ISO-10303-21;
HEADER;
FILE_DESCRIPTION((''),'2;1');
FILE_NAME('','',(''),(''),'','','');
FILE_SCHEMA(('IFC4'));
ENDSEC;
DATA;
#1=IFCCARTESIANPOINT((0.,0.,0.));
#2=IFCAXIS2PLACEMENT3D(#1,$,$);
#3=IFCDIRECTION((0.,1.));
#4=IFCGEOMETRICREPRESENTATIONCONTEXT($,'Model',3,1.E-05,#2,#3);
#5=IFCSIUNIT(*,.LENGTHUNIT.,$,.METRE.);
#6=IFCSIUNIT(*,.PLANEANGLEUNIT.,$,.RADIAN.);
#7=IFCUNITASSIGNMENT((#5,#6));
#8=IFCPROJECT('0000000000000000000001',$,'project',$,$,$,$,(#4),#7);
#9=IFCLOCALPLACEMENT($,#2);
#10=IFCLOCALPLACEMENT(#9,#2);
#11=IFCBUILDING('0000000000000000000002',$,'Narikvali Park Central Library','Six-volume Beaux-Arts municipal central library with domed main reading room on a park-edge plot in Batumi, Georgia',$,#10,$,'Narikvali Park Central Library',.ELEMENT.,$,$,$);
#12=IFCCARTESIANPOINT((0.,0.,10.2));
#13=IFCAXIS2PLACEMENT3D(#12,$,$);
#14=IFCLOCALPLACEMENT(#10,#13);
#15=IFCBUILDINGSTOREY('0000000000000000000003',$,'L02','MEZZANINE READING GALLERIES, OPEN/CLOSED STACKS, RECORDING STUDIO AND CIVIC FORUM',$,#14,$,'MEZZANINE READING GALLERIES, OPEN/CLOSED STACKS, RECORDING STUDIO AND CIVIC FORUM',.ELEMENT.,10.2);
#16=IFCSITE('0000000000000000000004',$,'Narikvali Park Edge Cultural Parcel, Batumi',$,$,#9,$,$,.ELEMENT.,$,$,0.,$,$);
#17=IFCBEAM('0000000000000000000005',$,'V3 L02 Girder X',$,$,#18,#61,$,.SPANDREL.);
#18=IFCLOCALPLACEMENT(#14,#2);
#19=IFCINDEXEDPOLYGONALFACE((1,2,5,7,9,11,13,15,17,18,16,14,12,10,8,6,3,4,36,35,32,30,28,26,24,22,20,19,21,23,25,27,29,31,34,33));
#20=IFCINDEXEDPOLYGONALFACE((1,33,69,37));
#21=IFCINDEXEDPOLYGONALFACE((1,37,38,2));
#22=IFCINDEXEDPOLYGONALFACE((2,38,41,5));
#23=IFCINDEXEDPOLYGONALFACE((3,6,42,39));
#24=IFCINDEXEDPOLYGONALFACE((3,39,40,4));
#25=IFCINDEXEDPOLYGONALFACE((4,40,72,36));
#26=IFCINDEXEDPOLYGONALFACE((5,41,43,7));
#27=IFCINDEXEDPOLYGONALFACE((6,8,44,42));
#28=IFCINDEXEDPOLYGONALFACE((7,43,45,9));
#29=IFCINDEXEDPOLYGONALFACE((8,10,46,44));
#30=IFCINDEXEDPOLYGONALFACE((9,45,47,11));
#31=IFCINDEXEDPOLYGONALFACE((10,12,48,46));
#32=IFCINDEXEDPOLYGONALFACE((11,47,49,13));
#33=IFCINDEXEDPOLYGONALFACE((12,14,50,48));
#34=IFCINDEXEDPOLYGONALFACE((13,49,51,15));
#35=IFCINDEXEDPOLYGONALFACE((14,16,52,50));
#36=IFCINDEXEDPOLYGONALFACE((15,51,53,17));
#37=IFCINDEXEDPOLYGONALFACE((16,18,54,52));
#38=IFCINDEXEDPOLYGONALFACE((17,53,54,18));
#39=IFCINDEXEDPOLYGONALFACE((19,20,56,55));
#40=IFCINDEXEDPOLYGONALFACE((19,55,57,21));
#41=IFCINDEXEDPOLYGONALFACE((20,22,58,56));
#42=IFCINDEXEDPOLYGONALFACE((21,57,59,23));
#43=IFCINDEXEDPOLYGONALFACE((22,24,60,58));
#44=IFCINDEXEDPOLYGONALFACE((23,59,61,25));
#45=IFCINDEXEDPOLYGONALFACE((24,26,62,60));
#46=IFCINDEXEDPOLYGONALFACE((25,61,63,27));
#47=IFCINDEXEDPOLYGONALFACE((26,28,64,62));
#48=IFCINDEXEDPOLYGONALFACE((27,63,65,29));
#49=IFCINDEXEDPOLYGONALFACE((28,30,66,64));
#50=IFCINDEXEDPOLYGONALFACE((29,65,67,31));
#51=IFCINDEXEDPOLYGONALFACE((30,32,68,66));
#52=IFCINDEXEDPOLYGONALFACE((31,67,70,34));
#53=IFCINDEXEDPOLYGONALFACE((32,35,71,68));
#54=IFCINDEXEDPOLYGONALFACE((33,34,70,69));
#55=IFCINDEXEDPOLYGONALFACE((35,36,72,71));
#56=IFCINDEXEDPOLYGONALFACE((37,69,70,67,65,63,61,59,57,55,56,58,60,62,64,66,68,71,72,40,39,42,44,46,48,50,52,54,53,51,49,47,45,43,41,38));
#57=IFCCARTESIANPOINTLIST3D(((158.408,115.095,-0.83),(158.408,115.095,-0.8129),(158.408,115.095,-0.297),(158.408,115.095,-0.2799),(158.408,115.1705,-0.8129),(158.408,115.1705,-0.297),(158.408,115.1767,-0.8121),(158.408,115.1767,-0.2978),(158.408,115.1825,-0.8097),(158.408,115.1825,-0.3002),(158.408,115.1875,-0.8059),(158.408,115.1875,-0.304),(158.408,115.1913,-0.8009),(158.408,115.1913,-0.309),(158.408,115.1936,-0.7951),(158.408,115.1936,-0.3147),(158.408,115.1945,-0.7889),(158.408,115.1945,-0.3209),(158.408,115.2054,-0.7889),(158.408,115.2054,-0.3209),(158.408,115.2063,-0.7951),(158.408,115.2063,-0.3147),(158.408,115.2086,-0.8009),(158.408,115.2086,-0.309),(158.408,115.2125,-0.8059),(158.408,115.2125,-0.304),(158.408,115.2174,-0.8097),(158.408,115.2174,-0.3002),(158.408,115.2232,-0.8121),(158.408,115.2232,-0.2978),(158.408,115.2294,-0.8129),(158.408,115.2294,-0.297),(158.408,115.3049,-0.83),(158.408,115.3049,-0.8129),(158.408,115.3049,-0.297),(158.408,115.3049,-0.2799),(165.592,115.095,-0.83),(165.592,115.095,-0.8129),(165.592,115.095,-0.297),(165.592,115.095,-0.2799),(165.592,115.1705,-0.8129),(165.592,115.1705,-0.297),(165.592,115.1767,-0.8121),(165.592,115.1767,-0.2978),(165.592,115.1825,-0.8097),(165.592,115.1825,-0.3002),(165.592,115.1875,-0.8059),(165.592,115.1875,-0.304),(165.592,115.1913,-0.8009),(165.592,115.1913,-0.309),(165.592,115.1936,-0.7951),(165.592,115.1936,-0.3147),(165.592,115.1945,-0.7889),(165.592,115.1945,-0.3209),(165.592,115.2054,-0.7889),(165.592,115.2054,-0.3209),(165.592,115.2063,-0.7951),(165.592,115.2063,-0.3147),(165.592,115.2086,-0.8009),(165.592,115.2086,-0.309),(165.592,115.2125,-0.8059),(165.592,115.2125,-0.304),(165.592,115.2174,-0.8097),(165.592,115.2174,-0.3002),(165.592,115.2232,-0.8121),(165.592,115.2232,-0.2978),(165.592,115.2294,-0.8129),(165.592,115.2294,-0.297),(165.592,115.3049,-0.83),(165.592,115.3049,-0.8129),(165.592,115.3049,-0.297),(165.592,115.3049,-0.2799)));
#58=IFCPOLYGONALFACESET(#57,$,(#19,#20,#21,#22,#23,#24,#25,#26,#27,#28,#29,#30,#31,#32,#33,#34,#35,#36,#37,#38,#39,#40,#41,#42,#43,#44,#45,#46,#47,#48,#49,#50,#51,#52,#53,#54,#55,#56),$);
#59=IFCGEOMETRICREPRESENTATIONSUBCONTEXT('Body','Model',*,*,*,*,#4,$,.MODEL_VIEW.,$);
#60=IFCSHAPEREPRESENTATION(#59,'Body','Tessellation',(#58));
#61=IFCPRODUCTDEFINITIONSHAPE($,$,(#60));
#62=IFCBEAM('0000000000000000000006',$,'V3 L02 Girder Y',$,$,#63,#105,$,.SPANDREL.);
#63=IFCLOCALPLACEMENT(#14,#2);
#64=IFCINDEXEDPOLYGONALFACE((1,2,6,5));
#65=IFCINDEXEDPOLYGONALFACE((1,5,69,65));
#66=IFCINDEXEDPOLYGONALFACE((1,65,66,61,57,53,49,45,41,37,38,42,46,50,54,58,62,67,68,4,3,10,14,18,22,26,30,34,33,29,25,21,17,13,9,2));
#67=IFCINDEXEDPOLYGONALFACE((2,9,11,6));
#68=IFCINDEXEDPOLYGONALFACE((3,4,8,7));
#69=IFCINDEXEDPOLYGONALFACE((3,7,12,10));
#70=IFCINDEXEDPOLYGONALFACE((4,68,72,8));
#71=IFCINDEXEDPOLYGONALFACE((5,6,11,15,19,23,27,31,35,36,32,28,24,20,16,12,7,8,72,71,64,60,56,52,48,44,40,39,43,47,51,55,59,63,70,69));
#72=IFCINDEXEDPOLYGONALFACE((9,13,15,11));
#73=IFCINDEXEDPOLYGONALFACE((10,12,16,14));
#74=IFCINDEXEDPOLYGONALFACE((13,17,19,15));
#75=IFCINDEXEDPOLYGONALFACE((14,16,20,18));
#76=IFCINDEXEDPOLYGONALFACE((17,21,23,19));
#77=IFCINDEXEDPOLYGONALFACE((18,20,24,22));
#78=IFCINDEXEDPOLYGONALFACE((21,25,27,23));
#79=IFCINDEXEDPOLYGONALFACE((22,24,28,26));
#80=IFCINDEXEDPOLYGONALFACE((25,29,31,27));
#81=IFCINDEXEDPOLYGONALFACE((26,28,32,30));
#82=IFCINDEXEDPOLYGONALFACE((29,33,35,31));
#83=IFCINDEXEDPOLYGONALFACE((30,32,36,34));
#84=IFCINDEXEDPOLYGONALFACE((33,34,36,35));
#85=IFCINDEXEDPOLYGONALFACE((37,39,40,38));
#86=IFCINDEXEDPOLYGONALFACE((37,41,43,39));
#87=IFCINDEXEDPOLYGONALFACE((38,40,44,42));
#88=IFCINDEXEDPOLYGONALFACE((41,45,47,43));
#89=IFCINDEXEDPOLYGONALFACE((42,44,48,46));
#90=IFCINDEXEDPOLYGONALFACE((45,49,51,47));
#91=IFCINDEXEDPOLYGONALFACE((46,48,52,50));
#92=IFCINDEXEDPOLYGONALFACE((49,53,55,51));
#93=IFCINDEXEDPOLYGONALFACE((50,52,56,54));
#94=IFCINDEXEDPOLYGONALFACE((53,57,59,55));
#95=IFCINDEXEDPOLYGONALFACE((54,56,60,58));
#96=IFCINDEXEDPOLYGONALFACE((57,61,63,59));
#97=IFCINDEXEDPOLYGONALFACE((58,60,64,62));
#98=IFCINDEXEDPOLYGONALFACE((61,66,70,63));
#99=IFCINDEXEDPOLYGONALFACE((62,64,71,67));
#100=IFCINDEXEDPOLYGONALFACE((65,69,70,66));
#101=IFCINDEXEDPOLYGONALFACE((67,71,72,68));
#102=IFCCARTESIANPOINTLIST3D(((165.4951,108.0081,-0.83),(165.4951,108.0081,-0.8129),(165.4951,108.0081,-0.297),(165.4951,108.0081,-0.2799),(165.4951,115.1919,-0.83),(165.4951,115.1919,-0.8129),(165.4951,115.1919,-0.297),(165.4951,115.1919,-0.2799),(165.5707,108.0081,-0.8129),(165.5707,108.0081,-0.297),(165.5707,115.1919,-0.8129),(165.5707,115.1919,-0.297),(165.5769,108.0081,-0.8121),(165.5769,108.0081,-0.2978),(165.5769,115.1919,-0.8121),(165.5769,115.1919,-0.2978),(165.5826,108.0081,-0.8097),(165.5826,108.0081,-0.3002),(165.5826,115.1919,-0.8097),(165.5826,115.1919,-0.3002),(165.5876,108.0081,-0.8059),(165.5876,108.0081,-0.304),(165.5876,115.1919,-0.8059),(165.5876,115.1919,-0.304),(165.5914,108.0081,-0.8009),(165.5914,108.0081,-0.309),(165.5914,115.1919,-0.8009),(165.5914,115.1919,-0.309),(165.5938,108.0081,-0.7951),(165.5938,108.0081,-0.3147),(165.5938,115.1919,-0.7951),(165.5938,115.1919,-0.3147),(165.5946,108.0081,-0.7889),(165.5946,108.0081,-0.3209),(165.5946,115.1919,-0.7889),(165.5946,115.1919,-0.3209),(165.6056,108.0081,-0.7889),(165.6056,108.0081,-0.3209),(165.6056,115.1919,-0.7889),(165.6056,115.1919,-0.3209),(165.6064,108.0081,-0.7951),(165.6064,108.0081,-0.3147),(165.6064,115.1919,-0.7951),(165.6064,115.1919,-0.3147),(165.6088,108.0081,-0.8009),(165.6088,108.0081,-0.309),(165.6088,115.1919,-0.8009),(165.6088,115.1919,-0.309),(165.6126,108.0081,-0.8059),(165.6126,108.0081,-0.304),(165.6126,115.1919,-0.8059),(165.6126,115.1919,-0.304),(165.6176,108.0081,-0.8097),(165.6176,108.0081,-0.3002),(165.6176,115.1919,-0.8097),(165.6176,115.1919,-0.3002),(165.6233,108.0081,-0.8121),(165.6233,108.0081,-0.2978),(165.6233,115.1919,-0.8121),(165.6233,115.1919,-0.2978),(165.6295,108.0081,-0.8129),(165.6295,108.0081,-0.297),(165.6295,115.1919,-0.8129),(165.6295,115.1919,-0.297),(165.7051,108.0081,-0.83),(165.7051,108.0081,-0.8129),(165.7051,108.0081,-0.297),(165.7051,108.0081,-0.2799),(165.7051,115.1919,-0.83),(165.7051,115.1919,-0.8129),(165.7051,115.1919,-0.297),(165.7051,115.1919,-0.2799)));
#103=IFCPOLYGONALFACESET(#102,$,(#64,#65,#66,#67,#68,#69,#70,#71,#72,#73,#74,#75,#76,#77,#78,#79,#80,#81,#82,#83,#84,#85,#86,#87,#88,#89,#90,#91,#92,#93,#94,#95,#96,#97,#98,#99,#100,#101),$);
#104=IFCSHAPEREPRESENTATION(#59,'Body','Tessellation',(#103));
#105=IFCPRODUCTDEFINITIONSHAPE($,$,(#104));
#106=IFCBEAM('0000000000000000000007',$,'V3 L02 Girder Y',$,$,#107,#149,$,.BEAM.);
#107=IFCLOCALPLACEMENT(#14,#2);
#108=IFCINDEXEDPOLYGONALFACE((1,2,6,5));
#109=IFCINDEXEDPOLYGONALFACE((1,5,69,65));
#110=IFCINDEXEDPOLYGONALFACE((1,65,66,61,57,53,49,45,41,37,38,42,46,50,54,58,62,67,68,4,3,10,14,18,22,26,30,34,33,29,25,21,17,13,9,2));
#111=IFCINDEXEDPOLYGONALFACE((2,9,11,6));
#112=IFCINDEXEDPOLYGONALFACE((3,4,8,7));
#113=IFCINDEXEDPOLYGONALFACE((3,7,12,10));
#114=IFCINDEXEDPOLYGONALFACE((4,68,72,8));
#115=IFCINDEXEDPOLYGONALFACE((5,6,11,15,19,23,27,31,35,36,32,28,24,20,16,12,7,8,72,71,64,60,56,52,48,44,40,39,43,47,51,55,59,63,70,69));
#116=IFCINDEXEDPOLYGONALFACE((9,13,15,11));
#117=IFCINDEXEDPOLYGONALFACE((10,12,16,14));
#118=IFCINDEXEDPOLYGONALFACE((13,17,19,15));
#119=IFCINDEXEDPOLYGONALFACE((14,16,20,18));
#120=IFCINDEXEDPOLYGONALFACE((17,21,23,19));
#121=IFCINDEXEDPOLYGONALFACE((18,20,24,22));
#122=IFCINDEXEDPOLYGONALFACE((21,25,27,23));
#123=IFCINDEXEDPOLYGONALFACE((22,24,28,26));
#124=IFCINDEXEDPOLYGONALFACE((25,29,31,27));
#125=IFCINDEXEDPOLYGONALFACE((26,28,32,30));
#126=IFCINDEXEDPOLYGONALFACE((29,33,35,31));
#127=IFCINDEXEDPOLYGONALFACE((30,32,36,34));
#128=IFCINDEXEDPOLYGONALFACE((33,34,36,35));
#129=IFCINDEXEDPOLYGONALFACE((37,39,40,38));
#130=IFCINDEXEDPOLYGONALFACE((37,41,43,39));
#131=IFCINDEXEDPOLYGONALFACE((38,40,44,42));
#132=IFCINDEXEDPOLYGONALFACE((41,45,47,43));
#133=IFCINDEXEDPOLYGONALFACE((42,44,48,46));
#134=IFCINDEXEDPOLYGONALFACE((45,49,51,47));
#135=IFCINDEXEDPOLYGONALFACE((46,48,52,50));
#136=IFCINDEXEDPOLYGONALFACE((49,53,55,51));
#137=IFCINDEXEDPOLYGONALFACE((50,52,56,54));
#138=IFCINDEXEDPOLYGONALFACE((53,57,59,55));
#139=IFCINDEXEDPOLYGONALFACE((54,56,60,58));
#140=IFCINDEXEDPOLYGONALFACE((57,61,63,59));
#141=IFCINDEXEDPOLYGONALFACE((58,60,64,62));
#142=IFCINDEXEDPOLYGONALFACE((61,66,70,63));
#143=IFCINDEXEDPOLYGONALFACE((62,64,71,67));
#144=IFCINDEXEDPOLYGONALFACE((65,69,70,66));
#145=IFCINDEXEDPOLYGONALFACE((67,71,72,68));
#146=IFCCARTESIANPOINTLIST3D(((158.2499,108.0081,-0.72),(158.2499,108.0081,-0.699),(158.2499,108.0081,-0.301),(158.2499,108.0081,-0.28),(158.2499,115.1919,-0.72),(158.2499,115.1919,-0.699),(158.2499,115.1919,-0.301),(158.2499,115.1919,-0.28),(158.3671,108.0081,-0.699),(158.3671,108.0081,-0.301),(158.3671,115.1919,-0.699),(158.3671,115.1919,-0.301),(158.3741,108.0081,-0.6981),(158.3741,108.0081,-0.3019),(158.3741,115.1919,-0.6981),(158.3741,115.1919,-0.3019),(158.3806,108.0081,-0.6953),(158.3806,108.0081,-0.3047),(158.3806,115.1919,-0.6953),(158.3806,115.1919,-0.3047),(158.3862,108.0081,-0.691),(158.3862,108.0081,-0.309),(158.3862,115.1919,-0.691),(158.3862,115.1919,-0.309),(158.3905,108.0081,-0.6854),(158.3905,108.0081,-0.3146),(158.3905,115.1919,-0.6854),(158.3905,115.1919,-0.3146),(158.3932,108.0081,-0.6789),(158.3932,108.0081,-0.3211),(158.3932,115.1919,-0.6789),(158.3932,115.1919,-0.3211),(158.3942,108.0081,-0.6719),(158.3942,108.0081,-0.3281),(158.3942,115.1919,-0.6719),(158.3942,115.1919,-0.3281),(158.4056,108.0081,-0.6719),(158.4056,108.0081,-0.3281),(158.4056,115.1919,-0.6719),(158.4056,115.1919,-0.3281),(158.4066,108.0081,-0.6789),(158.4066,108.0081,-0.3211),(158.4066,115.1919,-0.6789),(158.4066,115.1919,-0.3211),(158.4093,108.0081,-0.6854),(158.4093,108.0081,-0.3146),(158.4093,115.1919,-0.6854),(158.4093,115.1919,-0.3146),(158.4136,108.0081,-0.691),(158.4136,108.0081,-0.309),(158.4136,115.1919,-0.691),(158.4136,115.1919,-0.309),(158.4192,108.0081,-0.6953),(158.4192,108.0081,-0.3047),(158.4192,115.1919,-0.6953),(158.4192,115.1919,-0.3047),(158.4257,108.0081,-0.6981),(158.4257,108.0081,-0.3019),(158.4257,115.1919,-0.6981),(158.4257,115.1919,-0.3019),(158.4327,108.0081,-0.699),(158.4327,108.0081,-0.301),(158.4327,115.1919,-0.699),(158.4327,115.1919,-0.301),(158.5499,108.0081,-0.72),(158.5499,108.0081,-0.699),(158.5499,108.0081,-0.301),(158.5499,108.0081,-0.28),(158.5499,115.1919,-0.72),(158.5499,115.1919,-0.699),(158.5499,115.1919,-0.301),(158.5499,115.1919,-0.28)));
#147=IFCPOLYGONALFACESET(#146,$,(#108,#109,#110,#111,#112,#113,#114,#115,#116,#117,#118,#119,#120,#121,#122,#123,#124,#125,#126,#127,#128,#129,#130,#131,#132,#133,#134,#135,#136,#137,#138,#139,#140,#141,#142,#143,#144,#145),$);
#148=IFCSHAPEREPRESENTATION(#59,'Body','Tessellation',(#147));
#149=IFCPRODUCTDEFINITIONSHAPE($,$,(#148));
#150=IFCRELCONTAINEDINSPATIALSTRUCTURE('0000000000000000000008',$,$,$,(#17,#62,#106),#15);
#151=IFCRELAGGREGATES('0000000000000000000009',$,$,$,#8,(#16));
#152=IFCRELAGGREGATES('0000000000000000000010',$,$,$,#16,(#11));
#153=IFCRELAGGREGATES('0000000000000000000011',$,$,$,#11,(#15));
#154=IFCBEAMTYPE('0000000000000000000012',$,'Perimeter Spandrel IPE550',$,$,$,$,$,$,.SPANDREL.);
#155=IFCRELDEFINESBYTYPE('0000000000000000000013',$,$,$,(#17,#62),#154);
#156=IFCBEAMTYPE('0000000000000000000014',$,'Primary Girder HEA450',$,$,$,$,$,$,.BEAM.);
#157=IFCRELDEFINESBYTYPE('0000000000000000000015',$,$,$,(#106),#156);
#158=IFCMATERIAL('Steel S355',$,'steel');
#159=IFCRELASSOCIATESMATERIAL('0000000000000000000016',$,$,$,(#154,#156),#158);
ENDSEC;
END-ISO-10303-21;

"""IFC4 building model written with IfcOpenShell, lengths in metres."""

from ifc_helpers import new_model, si_unit, direction, frame, origin, origin_2d, place, context, subcontext, project, spatial, i_section, extrude, material, material_profile, profile_set, type_object, element, save


model = new_model("IFC4")

# Units and contexts
model_context = context("Model", 3, precision=1e-05, world=origin(), true_north=direction((0.0, 1.0)))
body_context = subcontext(model_context, "Body", "Model", "MODEL_VIEW")
ifc_project = project(units=[si_unit("LENGTHUNIT", "METRE"), si_unit("PLANEANGLEUNIT", "RADIAN")], contexts=[model_context])

# Site, building, storey
site_placement = place(None, origin())
site = spatial("IfcSite", under=ifc_project, at=site_placement, Name="Narikvali Park Edge Cultural Parcel, Batumi", CompositionType="ELEMENT", RefElevation=0.0)
building_placement = place(site_placement, origin())
building = spatial("IfcBuilding", under=site, at=building_placement, Name="Narikvali Park Central Library", Description="Six-volume Beaux-Arts municipal central library with domed main reading room on a park-edge plot in Batumi, Georgia", LongName="Narikvali Park Central Library", CompositionType="ELEMENT")
storey_placement = place(building_placement, frame((0.0, 0.0, 10.2)))
storey = spatial("IfcBuildingStorey", under=building, at=storey_placement, Name="L02", Description="MEZZANINE READING GALLERIES, OPEN/CLOSED STACKS, RECORDING STUDIO AND CIVIC FORUM", LongName="MEZZANINE READING GALLERIES, OPEN/CLOSED STACKS, RECORDING STUDIO AND CIVIC FORUM", CompositionType="ELEMENT", Elevation=10.2)

# Shared definitions
ifc_material_1 = material(Name="Steel S355", Category="steel")

# Beams
ifc_material_profile_1 = material_profile(ifc_material_1, i_section(OverallWidth=0.21, OverallDepth=0.55, WebThickness=0.011, FlangeThickness=0.0171, FilletRadius=0.0239, at=origin_2d()), Name="IPE 550")
ifc_profile_set_1 = profile_set([ifc_material_profile_1], Name="Steel S355")
beam_type_1 = type_object("IfcBeamType", Name="Perimeter Spandrel IPE550", PredefinedType="SPANDREL", material=ifc_profile_set_1)
beam_1_placement = place(storey_placement, frame((158.408, 115.2, -0.5549), z_axis=(1.0, 0.0, 0.0), x_axis=(0.0, 1.0, 0.0)))
element("IfcBeam", 1, at=beam_1_placement, inside=storey, type_object=beam_type_1, Name="V3 L02 Girder X", PredefinedType="SPANDREL", context=body_context, shape_type="SweptSolid", body=[
    extrude(i_section(OverallWidth=0.21, OverallDepth=0.55, WebThickness=0.011, FlangeThickness=0.0171, FilletRadius=0.0239, at=origin_2d()), origin(), (0.0, 0.0, 1.0), 7.1841),
])
beam_2_placement = place(storey_placement, frame((165.6001, 108.0081, -0.5549), z_axis=(0.0, 1.0, 0.0), x_axis=(-1.0, 0.0, 0.0)))
element("IfcBeam", 2, at=beam_2_placement, inside=storey, type_object=beam_type_1, Name="V3 L02 Girder Y", PredefinedType="SPANDREL", context=body_context, shape_type="SweptSolid", body=[
    extrude(i_section(OverallWidth=0.21, OverallDepth=0.55, WebThickness=0.011, FlangeThickness=0.0171, FilletRadius=0.0239, at=origin_2d()), origin(), (0.0, 0.0, 1.0), 7.1838),
])
ifc_material_profile_2 = material_profile(ifc_material_1, i_section(OverallWidth=0.3, OverallDepth=0.4399, WebThickness=0.0115, FlangeThickness=0.021, FilletRadius=0.0271, at=origin_2d()), Name="HEA 450")
ifc_profile_set_2 = profile_set([ifc_material_profile_2], Name="Steel S355")
beam_type_2 = type_object("IfcBeamType", Name="Primary Girder HEA450", PredefinedType="BEAM", material=ifc_profile_set_2)
beam_3_placement = place(storey_placement, frame((158.3999, 108.0081, -0.5), z_axis=(0.0, 1.0, 0.0), x_axis=(-1.0, 0.0, 0.0)))
element("IfcBeam", 3, at=beam_3_placement, inside=storey, type_object=beam_type_2, Name="V3 L02 Girder Y", PredefinedType="BEAM", context=body_context, shape_type="SweptSolid", body=[
    extrude(i_section(OverallWidth=0.3, OverallDepth=0.4399, WebThickness=0.0115, FlangeThickness=0.021, FilletRadius=0.0271, at=origin_2d()), origin(), (0.0, 0.0, 1.0), 7.1838),
])

save(model, "model.ifc")
